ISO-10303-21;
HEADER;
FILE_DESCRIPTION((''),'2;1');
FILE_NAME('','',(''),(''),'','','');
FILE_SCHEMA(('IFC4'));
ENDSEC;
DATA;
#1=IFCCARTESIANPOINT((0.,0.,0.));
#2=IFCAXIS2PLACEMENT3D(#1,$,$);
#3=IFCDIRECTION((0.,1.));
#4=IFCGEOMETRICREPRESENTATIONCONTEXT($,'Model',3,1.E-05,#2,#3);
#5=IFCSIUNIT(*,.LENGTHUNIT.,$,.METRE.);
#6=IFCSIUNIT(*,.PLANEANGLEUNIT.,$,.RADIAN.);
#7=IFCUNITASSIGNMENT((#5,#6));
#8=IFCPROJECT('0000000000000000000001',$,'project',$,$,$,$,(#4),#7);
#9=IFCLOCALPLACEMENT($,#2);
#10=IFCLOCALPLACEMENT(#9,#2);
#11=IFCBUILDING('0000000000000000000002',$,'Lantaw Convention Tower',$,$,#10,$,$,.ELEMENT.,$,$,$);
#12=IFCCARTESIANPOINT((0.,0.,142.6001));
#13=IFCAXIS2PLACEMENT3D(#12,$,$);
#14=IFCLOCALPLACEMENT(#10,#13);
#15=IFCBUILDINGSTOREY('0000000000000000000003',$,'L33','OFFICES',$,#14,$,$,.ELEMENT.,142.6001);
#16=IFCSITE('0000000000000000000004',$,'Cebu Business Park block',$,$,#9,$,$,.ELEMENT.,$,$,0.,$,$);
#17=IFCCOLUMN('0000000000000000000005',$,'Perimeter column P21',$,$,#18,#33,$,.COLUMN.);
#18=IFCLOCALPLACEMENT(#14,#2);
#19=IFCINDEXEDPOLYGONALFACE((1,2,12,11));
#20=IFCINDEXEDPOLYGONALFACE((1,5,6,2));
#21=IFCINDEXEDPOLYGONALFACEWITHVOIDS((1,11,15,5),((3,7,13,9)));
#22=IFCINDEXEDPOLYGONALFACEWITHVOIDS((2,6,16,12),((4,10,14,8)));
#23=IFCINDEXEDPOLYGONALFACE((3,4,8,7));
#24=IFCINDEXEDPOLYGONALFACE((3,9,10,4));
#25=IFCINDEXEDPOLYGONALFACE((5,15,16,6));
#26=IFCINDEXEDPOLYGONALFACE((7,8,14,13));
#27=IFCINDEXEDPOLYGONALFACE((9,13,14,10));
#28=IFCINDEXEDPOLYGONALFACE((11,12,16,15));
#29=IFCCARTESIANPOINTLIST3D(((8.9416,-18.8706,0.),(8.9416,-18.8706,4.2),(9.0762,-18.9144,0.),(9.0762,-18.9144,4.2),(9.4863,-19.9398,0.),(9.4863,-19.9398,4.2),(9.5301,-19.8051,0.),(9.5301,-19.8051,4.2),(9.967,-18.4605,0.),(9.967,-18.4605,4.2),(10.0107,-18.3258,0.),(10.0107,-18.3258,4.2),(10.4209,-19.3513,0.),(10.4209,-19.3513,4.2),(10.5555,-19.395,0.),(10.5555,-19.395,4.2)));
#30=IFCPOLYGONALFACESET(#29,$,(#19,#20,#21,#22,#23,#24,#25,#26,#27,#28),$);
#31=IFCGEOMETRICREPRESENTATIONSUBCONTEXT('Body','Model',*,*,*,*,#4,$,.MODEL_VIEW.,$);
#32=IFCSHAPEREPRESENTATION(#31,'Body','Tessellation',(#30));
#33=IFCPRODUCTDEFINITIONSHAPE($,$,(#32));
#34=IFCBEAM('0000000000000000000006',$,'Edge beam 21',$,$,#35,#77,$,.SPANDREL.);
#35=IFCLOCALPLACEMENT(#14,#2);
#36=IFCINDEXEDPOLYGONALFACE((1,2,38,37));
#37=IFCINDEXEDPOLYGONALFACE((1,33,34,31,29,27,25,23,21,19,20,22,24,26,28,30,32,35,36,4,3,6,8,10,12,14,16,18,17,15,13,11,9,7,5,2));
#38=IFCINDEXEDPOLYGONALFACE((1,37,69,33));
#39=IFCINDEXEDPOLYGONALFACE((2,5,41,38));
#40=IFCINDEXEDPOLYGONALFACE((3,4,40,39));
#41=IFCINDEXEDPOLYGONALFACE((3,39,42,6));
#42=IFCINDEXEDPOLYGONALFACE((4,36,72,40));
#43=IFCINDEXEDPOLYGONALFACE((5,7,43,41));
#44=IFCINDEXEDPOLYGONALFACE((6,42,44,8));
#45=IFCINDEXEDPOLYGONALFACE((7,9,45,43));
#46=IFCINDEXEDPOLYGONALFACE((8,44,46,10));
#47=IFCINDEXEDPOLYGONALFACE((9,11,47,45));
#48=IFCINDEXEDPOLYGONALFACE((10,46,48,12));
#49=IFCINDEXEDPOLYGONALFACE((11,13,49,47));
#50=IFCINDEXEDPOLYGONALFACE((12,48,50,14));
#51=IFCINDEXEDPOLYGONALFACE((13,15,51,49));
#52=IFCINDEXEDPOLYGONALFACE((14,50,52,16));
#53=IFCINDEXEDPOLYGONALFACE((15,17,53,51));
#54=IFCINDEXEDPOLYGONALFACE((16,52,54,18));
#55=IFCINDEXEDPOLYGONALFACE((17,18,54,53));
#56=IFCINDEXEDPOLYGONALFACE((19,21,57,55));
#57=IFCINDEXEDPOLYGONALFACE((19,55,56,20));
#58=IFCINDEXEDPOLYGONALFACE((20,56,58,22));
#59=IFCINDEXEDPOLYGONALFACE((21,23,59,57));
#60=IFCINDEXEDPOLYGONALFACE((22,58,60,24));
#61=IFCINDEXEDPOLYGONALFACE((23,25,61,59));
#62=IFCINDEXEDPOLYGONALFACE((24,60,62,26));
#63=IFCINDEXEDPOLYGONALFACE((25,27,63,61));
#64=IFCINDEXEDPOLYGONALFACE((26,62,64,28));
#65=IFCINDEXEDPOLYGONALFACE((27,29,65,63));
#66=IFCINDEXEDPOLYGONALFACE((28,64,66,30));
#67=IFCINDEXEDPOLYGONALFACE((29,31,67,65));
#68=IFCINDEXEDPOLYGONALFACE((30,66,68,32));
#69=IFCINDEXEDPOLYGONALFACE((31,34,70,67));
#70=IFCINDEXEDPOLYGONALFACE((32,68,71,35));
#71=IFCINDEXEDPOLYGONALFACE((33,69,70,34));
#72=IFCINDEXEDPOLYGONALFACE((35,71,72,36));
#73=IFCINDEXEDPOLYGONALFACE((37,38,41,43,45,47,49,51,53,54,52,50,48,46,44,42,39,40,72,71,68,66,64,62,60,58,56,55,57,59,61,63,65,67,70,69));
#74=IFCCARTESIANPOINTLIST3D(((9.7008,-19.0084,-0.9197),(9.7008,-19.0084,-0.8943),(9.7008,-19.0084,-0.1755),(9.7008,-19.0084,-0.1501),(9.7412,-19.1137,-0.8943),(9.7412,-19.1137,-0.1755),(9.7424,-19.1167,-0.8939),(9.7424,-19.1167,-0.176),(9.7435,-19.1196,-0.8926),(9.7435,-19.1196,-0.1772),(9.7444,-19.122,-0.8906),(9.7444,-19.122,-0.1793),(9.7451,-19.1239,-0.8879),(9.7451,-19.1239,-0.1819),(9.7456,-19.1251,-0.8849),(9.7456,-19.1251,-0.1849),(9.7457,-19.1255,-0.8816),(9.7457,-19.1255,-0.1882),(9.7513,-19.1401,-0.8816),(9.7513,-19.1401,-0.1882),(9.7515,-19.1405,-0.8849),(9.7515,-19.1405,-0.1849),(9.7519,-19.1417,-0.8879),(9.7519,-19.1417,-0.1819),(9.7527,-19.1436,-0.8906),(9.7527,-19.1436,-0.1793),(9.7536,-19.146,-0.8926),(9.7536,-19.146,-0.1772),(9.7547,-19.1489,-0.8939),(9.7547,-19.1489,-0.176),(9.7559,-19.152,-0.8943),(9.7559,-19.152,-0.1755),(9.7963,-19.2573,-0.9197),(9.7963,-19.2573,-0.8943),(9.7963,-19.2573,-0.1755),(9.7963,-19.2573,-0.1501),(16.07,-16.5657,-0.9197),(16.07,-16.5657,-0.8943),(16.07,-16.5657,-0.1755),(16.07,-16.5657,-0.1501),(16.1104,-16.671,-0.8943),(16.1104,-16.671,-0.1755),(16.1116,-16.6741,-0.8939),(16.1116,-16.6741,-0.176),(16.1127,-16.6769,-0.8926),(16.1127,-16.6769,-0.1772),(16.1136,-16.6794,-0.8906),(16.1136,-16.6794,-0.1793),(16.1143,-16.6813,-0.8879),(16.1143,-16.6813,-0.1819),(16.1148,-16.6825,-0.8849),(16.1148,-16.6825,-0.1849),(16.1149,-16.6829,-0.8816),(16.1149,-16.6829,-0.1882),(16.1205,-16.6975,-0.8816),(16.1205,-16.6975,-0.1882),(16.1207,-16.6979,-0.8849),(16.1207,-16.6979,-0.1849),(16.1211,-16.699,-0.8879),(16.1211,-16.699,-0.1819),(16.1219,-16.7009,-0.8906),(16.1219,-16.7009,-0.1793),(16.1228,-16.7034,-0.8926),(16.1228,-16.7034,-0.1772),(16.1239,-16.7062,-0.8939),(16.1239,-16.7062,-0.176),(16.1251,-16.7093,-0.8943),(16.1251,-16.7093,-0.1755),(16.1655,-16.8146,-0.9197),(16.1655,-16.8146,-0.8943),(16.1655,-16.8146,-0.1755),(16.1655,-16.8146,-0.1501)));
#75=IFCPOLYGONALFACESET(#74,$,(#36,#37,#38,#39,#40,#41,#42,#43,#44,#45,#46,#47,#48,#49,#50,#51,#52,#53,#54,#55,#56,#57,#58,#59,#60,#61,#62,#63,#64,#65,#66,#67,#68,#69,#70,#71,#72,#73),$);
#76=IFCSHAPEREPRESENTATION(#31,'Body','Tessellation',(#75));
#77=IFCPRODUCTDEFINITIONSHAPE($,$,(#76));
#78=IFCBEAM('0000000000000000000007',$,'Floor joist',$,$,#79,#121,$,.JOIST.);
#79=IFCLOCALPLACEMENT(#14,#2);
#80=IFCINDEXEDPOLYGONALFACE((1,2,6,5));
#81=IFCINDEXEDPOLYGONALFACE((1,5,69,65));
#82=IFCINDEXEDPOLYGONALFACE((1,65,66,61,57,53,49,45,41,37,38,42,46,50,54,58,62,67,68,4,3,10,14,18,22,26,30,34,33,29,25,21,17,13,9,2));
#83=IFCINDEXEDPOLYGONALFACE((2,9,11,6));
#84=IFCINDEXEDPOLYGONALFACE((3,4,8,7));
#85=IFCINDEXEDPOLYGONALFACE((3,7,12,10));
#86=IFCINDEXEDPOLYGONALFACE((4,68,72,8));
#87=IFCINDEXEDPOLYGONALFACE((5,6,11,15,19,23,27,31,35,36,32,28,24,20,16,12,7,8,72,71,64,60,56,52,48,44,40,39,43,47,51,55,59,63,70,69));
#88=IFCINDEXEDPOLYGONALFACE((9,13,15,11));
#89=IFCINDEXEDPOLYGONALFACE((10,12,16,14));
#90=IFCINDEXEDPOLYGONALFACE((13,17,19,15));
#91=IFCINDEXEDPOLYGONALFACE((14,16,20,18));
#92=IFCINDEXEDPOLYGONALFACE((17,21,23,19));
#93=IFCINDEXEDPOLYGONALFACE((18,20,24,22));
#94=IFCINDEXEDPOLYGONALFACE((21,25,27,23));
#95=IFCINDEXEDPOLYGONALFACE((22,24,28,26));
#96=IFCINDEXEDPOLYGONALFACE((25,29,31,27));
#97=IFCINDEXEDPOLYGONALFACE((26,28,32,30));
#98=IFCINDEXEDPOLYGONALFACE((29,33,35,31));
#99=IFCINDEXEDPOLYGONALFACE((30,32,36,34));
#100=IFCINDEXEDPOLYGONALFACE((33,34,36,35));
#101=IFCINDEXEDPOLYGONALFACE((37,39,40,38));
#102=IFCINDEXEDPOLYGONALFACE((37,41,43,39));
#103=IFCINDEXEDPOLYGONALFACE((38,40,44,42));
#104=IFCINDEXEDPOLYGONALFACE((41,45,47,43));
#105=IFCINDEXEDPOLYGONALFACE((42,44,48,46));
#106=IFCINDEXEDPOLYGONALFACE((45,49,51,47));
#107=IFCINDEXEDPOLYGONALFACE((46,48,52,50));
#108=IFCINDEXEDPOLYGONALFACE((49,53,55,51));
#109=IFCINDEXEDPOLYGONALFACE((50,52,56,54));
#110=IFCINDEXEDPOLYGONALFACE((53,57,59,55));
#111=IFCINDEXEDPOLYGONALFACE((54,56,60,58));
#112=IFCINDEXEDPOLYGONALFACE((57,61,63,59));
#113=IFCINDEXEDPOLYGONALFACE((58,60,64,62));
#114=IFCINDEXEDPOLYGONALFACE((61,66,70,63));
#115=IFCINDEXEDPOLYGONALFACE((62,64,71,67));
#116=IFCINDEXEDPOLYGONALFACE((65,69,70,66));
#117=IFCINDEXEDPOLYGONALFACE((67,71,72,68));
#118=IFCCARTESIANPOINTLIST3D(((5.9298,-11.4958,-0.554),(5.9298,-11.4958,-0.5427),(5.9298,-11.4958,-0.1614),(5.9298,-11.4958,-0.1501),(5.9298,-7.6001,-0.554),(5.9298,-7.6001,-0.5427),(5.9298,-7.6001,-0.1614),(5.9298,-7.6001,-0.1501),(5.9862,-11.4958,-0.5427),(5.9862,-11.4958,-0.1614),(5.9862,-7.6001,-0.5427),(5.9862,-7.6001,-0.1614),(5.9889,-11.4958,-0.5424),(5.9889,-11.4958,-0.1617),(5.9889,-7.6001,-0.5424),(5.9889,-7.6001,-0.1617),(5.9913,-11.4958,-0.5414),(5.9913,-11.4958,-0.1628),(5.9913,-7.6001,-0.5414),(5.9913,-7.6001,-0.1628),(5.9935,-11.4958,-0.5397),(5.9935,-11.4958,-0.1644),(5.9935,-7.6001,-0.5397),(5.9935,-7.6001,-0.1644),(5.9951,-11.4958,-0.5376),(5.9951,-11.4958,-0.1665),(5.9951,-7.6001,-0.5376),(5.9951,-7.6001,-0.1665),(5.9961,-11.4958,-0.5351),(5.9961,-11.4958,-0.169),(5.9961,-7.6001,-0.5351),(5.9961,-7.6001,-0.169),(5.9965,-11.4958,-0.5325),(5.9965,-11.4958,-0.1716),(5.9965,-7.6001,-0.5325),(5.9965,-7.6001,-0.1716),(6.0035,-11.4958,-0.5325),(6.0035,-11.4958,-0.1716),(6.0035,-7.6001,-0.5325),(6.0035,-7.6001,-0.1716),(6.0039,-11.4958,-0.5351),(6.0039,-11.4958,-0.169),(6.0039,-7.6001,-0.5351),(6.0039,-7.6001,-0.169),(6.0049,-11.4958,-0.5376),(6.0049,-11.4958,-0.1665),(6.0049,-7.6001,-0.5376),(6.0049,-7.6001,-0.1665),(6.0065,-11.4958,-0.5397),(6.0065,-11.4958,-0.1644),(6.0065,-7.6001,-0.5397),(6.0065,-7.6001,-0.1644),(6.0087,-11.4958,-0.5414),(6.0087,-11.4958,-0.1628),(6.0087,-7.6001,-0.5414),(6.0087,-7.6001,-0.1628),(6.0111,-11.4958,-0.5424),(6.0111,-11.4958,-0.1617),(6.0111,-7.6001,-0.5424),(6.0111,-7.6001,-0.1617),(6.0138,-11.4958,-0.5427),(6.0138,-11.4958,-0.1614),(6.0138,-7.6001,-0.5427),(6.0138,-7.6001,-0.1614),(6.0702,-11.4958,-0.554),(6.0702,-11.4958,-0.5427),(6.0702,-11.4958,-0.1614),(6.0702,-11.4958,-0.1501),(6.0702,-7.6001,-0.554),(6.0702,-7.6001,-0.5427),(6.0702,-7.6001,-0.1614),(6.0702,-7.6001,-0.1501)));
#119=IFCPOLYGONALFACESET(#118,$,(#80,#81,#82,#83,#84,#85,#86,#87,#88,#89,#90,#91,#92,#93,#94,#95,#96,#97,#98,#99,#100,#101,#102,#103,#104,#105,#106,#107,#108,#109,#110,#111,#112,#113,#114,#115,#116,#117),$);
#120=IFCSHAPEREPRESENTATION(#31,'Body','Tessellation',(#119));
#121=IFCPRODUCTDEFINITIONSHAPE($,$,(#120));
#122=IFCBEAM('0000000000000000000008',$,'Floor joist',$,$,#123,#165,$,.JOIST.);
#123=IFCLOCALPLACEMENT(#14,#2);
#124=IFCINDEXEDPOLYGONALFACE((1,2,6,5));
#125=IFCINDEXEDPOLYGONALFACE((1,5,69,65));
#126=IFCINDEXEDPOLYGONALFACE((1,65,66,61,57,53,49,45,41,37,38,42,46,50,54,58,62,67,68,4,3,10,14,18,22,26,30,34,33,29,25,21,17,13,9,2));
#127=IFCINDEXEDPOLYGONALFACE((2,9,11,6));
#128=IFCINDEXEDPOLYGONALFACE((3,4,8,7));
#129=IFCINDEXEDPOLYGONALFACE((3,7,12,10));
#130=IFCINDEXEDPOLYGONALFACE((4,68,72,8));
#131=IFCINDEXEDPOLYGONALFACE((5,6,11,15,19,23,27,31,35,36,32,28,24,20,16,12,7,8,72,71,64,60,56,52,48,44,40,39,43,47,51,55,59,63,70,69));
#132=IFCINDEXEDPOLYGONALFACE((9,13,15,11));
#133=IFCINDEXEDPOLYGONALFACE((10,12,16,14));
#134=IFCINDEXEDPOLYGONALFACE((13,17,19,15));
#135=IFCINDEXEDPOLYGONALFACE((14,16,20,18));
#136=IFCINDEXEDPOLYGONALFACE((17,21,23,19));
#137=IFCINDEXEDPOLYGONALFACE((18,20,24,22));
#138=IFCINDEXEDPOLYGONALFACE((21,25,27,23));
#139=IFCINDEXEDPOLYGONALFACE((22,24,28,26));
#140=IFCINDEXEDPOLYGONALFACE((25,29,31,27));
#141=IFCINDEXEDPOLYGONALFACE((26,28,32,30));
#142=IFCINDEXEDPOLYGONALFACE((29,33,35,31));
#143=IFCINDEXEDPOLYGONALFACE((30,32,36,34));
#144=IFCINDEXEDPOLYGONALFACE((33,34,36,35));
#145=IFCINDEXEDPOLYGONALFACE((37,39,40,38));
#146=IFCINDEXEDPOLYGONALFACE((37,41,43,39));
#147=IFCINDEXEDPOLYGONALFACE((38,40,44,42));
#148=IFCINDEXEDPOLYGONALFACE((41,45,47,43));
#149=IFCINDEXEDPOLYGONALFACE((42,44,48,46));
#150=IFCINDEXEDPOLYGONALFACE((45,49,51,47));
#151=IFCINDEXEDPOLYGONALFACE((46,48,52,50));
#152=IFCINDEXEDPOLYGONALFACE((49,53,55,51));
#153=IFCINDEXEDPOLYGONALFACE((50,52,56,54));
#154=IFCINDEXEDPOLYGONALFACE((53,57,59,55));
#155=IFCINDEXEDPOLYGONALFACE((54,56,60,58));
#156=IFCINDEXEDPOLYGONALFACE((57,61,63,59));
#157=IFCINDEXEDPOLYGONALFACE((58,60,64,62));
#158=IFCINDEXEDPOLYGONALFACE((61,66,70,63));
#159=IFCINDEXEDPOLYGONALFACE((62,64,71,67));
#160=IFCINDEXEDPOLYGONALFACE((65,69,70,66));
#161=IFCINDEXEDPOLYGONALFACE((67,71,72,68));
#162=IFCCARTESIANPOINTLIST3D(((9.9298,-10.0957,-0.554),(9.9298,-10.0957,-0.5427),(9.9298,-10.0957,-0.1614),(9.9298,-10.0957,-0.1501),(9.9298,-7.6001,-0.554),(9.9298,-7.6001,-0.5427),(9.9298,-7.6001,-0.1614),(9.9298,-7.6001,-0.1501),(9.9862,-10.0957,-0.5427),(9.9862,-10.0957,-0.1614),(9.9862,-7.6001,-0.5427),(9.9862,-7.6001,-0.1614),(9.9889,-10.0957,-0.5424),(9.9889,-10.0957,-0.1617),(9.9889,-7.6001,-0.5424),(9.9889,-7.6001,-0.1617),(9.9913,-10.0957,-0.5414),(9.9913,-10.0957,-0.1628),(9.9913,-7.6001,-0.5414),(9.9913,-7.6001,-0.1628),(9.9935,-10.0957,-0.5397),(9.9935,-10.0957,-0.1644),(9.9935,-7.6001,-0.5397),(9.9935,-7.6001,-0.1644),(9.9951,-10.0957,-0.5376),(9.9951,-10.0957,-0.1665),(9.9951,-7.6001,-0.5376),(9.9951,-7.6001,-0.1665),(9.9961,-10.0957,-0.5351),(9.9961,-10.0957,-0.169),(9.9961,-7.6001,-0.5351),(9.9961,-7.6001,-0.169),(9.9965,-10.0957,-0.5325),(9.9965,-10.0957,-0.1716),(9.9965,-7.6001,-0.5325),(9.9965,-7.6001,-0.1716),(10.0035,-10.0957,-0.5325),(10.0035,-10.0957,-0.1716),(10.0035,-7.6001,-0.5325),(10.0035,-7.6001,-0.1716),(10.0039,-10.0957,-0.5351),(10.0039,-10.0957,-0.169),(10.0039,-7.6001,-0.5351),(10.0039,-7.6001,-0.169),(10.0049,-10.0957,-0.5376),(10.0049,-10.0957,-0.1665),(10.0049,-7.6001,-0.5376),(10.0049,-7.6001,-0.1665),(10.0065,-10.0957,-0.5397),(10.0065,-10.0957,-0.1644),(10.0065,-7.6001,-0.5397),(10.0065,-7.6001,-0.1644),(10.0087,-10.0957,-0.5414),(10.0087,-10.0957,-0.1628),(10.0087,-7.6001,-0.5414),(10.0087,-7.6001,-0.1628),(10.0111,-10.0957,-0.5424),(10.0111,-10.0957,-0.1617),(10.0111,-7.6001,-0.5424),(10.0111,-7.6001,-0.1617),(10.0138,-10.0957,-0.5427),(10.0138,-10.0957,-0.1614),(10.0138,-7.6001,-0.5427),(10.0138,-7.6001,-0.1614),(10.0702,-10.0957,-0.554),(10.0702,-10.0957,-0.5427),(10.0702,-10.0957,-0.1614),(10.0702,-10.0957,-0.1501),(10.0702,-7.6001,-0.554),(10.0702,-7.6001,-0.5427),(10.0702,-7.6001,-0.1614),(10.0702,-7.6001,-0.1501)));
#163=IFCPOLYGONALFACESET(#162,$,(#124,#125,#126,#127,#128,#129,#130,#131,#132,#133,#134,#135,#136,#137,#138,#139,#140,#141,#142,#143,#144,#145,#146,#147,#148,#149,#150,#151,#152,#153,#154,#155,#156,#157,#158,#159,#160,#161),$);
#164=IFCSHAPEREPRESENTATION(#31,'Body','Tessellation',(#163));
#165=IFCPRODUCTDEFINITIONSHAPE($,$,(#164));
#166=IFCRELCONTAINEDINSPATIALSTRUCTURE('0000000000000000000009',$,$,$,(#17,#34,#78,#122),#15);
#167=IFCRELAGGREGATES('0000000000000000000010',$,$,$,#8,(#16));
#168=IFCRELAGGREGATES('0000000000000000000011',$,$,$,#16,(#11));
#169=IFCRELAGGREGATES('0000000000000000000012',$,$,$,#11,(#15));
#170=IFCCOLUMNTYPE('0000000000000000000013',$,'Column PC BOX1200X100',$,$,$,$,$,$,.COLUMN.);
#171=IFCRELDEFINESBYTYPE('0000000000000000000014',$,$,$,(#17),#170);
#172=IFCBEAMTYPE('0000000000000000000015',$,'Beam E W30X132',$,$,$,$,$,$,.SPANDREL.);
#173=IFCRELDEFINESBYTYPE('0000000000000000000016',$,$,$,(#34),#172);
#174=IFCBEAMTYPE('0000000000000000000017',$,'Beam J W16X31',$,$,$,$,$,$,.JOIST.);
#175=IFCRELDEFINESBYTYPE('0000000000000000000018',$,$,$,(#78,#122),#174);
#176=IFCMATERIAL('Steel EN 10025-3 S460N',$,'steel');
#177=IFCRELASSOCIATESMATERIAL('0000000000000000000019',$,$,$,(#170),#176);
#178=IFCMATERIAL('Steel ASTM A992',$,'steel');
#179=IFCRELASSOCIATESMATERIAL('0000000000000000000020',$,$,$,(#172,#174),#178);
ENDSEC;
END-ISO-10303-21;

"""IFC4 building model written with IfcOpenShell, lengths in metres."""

from ifc_helpers import new_model, si_unit, direction, frame, origin, origin_2d, place, context, subcontext, project, spatial, rectangle, hollow_rectangle, i_section, extrude, material, material_profile, profile_set, type_object, element, save


model = new_model("IFC4")

# Units and contexts
model_context = context("Model", 3, precision=1e-05, world=origin(), true_north=direction((0.0, 1.0)))
body_context = subcontext(model_context, "Body", "Model", "MODEL_VIEW")
ifc_project = project(units=[si_unit("LENGTHUNIT", "METRE"), si_unit("PLANEANGLEUNIT", "RADIAN")], contexts=[model_context])

# Site, building, storey
site_placement = place(None, origin())
site = spatial("IfcSite", under=ifc_project, at=site_placement, Name="Cebu Business Park block", CompositionType="ELEMENT", RefElevation=0.0)
building_placement = place(site_placement, origin())
building = spatial("IfcBuilding", under=site, at=building_placement, Name="Lantaw Convention Tower", CompositionType="ELEMENT")
storey_placement = place(building_placement, frame((0.0, 0.0, 142.6001)))
storey = spatial("IfcBuildingStorey", under=building, at=storey_placement, Name="L33", Description="OFFICES", CompositionType="ELEMENT", Elevation=142.6001)

# Column
ifc_material_1 = material(Name="Steel EN 10025-3 S460N", Category="steel")
ifc_material_profile_1 = material_profile(ifc_material_1, hollow_rectangle(XDim=1.2, YDim=1.2, WallThickness=0.1001, at=origin_2d()), Name="BOX1200X100")
ifc_material_2 = material(Name="Concrete C60/75", Category="concrete")
ifc_material_profile_2 = material_profile(ifc_material_2, rectangle(XDim=1.0, YDim=1.0, at=origin_2d()), Name="Concrete fill of BOX1200X100")
ifc_profile_set_1 = profile_set([ifc_material_profile_1, ifc_material_profile_2], Name="Steel EN 10025-3 S460N")
column_type = type_object("IfcColumnType", Name="Column PC BOX1200X100", PredefinedType="COLUMN", material=ifc_profile_set_1)
column_placement = place(storey_placement, frame((9.7485, -19.1328, 0.0), z_axis=(0.0, 0.0, 1.0), x_axis=(0.891007, 0.45399, 0.0)))
element("IfcColumn", 1, at=column_placement, inside=storey, type_object=column_type, Name="Perimeter column P21", PredefinedType="COLUMN", context=body_context, shape_type="SweptSolid", body=[
    extrude(hollow_rectangle(XDim=1.2, YDim=1.2, WallThickness=0.1001, at=origin_2d()), origin(), (0.0, 0.0, 1.0), 4.2),
])

# Beams
ifc_material_3 = material(Name="Steel ASTM A992", Category="steel")
ifc_material_profile_3 = material_profile(ifc_material_3, i_section(OverallWidth=0.2666, OverallDepth=0.7695, WebThickness=0.0156, FlangeThickness=0.0254, FilletRadius=0.0127, at=origin_2d()), Name="W30X132")
ifc_profile_set_2 = profile_set([ifc_material_profile_3], Name="Steel ASTM A992")
beam_type_1 = type_object("IfcBeamType", Name="Beam E W30X132", PredefinedType="SPANDREL", material=ifc_profile_set_2)
beam_1_placement = place(storey_placement, frame((9.7485, -19.1328, -0.5349), z_axis=(0.933691, 0.35808, 0.0), x_axis=(-0.35808, 0.933691, 0.0)))
element("IfcBeam", 2, at=beam_1_placement, inside=storey, type_object=beam_type_1, Name="Edge beam 21", PredefinedType="SPANDREL", context=body_context, shape_type="SweptSolid", body=[
    extrude(i_section(OverallWidth=0.2666, OverallDepth=0.7695, WebThickness=0.0156, FlangeThickness=0.0254, FilletRadius=0.0127, at=origin_2d()), origin(), (0.0, 0.0, 1.0), 6.8215),
])
ifc_material_profile_4 = material_profile(ifc_material_3, i_section(OverallWidth=0.1404, OverallDepth=0.4038, WebThickness=0.0071, FlangeThickness=0.0112, FilletRadius=0.0103, at=origin_2d()), Name="W16X31")
ifc_profile_set_3 = profile_set([ifc_material_profile_4], Name="Steel ASTM A992")
beam_type_2 = type_object("IfcBeamType", Name="Beam J W16X31", PredefinedType="JOIST", material=ifc_profile_set_3)
beam_2_placement = place(storey_placement, frame((6.0, -11.4958, -0.3521), z_axis=(0.0, 1.0, 0.0), x_axis=(-1.0, 0.0, 0.0)))
element("IfcBeam", 3, at=beam_2_placement, inside=storey, type_object=beam_type_2, Name="Floor joist", PredefinedType="JOIST", context=body_context, shape_type="SweptSolid", body=[
    extrude(i_section(OverallWidth=0.1404, OverallDepth=0.4038, WebThickness=0.0071, FlangeThickness=0.0112, FilletRadius=0.0103, at=origin_2d()), origin(), (0.0, 0.0, 1.0), 3.8958),
])
beam_3_placement = place(storey_placement, frame((10.0, -10.0957, -0.3521), z_axis=(0.0, 1.0, 0.0), x_axis=(-1.0, 0.0, 0.0)))
element("IfcBeam", 4, at=beam_3_placement, inside=storey, type_object=beam_type_2, Name="Floor joist", PredefinedType="JOIST", context=body_context, shape_type="SweptSolid", body=[
    extrude(i_section(OverallWidth=0.1404, OverallDepth=0.4038, WebThickness=0.0071, FlangeThickness=0.0112, FilletRadius=0.0103, at=origin_2d()), origin(), (0.0, 0.0, 1.0), 2.4956),
])

save(model, "model.ifc")
